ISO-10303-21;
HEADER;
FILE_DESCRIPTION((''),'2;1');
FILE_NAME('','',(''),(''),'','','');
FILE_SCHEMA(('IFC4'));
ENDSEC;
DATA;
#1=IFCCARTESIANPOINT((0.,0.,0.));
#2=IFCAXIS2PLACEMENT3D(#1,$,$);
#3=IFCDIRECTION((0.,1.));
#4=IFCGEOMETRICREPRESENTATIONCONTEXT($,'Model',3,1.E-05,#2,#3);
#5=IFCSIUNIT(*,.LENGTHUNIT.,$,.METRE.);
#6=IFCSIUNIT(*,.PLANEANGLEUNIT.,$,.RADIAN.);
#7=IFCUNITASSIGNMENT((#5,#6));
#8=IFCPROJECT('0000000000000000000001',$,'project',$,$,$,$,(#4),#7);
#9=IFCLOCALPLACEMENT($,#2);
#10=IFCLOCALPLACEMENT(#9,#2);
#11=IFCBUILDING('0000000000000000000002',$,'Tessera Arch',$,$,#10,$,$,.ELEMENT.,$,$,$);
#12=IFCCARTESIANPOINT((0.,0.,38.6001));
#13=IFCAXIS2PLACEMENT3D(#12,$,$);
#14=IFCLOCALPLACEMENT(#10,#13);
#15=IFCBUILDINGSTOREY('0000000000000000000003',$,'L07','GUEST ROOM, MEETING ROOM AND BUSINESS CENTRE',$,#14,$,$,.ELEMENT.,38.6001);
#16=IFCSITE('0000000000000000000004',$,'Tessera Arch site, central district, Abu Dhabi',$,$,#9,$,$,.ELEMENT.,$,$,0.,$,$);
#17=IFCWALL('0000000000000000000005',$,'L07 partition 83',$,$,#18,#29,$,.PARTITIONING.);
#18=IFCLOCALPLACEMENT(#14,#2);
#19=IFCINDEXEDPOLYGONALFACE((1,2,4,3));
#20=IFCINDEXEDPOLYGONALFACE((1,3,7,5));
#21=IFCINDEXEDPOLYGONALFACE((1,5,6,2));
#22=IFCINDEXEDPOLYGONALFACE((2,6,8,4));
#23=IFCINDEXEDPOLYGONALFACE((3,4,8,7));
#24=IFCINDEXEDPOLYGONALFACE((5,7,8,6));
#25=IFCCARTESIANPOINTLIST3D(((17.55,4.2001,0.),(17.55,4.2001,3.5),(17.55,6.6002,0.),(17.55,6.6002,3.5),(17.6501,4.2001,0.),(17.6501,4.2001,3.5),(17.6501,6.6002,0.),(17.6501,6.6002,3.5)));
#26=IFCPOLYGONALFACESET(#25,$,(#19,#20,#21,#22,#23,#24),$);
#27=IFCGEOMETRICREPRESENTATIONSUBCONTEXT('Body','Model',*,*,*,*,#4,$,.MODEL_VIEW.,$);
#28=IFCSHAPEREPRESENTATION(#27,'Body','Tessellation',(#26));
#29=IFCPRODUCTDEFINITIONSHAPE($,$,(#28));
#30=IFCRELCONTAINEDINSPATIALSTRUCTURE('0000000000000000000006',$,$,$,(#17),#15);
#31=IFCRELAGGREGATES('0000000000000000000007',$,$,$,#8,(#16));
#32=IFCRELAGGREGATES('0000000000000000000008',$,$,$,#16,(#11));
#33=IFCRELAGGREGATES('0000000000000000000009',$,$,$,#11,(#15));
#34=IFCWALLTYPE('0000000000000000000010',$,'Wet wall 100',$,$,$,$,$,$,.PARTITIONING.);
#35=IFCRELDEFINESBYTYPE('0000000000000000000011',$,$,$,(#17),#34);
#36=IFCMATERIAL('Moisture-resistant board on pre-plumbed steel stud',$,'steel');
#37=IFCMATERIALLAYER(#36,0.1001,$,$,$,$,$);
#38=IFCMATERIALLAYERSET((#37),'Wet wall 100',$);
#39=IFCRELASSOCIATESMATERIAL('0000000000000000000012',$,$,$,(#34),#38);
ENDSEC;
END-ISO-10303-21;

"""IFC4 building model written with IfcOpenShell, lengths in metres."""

from ifc_helpers import new_model, si_unit, direction, frame, frame_2d, origin, place, context, subcontext, project, spatial, rectangle, extrude, material, layer, layer_set, type_object, element, save


model = new_model("IFC4")

# Units and contexts
model_context = context("Model", 3, precision=1e-05, world=origin(), true_north=direction((0.0, 1.0)))
body_context = subcontext(model_context, "Body", "Model", "MODEL_VIEW")
ifc_project = project(units=[si_unit("LENGTHUNIT", "METRE"), si_unit("PLANEANGLEUNIT", "RADIAN")], contexts=[model_context])

# Site, building, storey
site_placement = place(None, origin())
site = spatial("IfcSite", under=ifc_project, at=site_placement, Name="Tessera Arch site, central district, Abu Dhabi", CompositionType="ELEMENT", RefElevation=0.0)
building_placement = place(site_placement, origin())
building = spatial("IfcBuilding", under=site, at=building_placement, Name="Tessera Arch", CompositionType="ELEMENT")
storey_placement = place(building_placement, frame((0.0, 0.0, 38.6001)))
storey = spatial("IfcBuildingStorey", under=building, at=storey_placement, Name="L07", Description="GUEST ROOM, MEETING ROOM AND BUSINESS CENTRE", CompositionType="ELEMENT", Elevation=38.6001)

# Shared definitions
ifc_material_1 = material(Name="Moisture-resistant board on pre-plumbed steel stud", Category="steel")
ifc_layer_1 = layer(ifc_material_1, 0.1001)
ifc_layer_set_1 = layer_set([ifc_layer_1], Name="Wet wall 100")
wall_type_1 = type_object("IfcWallType", Name="Wet wall 100", PredefinedType="PARTITIONING", material=ifc_layer_set_1)

# Wall
for number, where, z_axis, x_axis, name in (
    (1, (17.6001, 4.2, 0.0), (0.0, 0.0, 1.0), (0.0, 1.0, 0.0), "L07 partition 83"),
):
    element("IfcWall", number, at=place(storey_placement, frame(where, z_axis=z_axis, x_axis=x_axis)), inside=storey, type_object=wall_type_1, Name=name, PredefinedType="PARTITIONING", context=body_context, shape_type="SweptSolid", body=[
        extrude(rectangle(XDim=2.4001, YDim=0.1001, at=frame_2d((1.2002, 0.0))), origin(), (0.0, 0.0, 1.0), 3.5),
    ])

save(model, "model.ifc")
